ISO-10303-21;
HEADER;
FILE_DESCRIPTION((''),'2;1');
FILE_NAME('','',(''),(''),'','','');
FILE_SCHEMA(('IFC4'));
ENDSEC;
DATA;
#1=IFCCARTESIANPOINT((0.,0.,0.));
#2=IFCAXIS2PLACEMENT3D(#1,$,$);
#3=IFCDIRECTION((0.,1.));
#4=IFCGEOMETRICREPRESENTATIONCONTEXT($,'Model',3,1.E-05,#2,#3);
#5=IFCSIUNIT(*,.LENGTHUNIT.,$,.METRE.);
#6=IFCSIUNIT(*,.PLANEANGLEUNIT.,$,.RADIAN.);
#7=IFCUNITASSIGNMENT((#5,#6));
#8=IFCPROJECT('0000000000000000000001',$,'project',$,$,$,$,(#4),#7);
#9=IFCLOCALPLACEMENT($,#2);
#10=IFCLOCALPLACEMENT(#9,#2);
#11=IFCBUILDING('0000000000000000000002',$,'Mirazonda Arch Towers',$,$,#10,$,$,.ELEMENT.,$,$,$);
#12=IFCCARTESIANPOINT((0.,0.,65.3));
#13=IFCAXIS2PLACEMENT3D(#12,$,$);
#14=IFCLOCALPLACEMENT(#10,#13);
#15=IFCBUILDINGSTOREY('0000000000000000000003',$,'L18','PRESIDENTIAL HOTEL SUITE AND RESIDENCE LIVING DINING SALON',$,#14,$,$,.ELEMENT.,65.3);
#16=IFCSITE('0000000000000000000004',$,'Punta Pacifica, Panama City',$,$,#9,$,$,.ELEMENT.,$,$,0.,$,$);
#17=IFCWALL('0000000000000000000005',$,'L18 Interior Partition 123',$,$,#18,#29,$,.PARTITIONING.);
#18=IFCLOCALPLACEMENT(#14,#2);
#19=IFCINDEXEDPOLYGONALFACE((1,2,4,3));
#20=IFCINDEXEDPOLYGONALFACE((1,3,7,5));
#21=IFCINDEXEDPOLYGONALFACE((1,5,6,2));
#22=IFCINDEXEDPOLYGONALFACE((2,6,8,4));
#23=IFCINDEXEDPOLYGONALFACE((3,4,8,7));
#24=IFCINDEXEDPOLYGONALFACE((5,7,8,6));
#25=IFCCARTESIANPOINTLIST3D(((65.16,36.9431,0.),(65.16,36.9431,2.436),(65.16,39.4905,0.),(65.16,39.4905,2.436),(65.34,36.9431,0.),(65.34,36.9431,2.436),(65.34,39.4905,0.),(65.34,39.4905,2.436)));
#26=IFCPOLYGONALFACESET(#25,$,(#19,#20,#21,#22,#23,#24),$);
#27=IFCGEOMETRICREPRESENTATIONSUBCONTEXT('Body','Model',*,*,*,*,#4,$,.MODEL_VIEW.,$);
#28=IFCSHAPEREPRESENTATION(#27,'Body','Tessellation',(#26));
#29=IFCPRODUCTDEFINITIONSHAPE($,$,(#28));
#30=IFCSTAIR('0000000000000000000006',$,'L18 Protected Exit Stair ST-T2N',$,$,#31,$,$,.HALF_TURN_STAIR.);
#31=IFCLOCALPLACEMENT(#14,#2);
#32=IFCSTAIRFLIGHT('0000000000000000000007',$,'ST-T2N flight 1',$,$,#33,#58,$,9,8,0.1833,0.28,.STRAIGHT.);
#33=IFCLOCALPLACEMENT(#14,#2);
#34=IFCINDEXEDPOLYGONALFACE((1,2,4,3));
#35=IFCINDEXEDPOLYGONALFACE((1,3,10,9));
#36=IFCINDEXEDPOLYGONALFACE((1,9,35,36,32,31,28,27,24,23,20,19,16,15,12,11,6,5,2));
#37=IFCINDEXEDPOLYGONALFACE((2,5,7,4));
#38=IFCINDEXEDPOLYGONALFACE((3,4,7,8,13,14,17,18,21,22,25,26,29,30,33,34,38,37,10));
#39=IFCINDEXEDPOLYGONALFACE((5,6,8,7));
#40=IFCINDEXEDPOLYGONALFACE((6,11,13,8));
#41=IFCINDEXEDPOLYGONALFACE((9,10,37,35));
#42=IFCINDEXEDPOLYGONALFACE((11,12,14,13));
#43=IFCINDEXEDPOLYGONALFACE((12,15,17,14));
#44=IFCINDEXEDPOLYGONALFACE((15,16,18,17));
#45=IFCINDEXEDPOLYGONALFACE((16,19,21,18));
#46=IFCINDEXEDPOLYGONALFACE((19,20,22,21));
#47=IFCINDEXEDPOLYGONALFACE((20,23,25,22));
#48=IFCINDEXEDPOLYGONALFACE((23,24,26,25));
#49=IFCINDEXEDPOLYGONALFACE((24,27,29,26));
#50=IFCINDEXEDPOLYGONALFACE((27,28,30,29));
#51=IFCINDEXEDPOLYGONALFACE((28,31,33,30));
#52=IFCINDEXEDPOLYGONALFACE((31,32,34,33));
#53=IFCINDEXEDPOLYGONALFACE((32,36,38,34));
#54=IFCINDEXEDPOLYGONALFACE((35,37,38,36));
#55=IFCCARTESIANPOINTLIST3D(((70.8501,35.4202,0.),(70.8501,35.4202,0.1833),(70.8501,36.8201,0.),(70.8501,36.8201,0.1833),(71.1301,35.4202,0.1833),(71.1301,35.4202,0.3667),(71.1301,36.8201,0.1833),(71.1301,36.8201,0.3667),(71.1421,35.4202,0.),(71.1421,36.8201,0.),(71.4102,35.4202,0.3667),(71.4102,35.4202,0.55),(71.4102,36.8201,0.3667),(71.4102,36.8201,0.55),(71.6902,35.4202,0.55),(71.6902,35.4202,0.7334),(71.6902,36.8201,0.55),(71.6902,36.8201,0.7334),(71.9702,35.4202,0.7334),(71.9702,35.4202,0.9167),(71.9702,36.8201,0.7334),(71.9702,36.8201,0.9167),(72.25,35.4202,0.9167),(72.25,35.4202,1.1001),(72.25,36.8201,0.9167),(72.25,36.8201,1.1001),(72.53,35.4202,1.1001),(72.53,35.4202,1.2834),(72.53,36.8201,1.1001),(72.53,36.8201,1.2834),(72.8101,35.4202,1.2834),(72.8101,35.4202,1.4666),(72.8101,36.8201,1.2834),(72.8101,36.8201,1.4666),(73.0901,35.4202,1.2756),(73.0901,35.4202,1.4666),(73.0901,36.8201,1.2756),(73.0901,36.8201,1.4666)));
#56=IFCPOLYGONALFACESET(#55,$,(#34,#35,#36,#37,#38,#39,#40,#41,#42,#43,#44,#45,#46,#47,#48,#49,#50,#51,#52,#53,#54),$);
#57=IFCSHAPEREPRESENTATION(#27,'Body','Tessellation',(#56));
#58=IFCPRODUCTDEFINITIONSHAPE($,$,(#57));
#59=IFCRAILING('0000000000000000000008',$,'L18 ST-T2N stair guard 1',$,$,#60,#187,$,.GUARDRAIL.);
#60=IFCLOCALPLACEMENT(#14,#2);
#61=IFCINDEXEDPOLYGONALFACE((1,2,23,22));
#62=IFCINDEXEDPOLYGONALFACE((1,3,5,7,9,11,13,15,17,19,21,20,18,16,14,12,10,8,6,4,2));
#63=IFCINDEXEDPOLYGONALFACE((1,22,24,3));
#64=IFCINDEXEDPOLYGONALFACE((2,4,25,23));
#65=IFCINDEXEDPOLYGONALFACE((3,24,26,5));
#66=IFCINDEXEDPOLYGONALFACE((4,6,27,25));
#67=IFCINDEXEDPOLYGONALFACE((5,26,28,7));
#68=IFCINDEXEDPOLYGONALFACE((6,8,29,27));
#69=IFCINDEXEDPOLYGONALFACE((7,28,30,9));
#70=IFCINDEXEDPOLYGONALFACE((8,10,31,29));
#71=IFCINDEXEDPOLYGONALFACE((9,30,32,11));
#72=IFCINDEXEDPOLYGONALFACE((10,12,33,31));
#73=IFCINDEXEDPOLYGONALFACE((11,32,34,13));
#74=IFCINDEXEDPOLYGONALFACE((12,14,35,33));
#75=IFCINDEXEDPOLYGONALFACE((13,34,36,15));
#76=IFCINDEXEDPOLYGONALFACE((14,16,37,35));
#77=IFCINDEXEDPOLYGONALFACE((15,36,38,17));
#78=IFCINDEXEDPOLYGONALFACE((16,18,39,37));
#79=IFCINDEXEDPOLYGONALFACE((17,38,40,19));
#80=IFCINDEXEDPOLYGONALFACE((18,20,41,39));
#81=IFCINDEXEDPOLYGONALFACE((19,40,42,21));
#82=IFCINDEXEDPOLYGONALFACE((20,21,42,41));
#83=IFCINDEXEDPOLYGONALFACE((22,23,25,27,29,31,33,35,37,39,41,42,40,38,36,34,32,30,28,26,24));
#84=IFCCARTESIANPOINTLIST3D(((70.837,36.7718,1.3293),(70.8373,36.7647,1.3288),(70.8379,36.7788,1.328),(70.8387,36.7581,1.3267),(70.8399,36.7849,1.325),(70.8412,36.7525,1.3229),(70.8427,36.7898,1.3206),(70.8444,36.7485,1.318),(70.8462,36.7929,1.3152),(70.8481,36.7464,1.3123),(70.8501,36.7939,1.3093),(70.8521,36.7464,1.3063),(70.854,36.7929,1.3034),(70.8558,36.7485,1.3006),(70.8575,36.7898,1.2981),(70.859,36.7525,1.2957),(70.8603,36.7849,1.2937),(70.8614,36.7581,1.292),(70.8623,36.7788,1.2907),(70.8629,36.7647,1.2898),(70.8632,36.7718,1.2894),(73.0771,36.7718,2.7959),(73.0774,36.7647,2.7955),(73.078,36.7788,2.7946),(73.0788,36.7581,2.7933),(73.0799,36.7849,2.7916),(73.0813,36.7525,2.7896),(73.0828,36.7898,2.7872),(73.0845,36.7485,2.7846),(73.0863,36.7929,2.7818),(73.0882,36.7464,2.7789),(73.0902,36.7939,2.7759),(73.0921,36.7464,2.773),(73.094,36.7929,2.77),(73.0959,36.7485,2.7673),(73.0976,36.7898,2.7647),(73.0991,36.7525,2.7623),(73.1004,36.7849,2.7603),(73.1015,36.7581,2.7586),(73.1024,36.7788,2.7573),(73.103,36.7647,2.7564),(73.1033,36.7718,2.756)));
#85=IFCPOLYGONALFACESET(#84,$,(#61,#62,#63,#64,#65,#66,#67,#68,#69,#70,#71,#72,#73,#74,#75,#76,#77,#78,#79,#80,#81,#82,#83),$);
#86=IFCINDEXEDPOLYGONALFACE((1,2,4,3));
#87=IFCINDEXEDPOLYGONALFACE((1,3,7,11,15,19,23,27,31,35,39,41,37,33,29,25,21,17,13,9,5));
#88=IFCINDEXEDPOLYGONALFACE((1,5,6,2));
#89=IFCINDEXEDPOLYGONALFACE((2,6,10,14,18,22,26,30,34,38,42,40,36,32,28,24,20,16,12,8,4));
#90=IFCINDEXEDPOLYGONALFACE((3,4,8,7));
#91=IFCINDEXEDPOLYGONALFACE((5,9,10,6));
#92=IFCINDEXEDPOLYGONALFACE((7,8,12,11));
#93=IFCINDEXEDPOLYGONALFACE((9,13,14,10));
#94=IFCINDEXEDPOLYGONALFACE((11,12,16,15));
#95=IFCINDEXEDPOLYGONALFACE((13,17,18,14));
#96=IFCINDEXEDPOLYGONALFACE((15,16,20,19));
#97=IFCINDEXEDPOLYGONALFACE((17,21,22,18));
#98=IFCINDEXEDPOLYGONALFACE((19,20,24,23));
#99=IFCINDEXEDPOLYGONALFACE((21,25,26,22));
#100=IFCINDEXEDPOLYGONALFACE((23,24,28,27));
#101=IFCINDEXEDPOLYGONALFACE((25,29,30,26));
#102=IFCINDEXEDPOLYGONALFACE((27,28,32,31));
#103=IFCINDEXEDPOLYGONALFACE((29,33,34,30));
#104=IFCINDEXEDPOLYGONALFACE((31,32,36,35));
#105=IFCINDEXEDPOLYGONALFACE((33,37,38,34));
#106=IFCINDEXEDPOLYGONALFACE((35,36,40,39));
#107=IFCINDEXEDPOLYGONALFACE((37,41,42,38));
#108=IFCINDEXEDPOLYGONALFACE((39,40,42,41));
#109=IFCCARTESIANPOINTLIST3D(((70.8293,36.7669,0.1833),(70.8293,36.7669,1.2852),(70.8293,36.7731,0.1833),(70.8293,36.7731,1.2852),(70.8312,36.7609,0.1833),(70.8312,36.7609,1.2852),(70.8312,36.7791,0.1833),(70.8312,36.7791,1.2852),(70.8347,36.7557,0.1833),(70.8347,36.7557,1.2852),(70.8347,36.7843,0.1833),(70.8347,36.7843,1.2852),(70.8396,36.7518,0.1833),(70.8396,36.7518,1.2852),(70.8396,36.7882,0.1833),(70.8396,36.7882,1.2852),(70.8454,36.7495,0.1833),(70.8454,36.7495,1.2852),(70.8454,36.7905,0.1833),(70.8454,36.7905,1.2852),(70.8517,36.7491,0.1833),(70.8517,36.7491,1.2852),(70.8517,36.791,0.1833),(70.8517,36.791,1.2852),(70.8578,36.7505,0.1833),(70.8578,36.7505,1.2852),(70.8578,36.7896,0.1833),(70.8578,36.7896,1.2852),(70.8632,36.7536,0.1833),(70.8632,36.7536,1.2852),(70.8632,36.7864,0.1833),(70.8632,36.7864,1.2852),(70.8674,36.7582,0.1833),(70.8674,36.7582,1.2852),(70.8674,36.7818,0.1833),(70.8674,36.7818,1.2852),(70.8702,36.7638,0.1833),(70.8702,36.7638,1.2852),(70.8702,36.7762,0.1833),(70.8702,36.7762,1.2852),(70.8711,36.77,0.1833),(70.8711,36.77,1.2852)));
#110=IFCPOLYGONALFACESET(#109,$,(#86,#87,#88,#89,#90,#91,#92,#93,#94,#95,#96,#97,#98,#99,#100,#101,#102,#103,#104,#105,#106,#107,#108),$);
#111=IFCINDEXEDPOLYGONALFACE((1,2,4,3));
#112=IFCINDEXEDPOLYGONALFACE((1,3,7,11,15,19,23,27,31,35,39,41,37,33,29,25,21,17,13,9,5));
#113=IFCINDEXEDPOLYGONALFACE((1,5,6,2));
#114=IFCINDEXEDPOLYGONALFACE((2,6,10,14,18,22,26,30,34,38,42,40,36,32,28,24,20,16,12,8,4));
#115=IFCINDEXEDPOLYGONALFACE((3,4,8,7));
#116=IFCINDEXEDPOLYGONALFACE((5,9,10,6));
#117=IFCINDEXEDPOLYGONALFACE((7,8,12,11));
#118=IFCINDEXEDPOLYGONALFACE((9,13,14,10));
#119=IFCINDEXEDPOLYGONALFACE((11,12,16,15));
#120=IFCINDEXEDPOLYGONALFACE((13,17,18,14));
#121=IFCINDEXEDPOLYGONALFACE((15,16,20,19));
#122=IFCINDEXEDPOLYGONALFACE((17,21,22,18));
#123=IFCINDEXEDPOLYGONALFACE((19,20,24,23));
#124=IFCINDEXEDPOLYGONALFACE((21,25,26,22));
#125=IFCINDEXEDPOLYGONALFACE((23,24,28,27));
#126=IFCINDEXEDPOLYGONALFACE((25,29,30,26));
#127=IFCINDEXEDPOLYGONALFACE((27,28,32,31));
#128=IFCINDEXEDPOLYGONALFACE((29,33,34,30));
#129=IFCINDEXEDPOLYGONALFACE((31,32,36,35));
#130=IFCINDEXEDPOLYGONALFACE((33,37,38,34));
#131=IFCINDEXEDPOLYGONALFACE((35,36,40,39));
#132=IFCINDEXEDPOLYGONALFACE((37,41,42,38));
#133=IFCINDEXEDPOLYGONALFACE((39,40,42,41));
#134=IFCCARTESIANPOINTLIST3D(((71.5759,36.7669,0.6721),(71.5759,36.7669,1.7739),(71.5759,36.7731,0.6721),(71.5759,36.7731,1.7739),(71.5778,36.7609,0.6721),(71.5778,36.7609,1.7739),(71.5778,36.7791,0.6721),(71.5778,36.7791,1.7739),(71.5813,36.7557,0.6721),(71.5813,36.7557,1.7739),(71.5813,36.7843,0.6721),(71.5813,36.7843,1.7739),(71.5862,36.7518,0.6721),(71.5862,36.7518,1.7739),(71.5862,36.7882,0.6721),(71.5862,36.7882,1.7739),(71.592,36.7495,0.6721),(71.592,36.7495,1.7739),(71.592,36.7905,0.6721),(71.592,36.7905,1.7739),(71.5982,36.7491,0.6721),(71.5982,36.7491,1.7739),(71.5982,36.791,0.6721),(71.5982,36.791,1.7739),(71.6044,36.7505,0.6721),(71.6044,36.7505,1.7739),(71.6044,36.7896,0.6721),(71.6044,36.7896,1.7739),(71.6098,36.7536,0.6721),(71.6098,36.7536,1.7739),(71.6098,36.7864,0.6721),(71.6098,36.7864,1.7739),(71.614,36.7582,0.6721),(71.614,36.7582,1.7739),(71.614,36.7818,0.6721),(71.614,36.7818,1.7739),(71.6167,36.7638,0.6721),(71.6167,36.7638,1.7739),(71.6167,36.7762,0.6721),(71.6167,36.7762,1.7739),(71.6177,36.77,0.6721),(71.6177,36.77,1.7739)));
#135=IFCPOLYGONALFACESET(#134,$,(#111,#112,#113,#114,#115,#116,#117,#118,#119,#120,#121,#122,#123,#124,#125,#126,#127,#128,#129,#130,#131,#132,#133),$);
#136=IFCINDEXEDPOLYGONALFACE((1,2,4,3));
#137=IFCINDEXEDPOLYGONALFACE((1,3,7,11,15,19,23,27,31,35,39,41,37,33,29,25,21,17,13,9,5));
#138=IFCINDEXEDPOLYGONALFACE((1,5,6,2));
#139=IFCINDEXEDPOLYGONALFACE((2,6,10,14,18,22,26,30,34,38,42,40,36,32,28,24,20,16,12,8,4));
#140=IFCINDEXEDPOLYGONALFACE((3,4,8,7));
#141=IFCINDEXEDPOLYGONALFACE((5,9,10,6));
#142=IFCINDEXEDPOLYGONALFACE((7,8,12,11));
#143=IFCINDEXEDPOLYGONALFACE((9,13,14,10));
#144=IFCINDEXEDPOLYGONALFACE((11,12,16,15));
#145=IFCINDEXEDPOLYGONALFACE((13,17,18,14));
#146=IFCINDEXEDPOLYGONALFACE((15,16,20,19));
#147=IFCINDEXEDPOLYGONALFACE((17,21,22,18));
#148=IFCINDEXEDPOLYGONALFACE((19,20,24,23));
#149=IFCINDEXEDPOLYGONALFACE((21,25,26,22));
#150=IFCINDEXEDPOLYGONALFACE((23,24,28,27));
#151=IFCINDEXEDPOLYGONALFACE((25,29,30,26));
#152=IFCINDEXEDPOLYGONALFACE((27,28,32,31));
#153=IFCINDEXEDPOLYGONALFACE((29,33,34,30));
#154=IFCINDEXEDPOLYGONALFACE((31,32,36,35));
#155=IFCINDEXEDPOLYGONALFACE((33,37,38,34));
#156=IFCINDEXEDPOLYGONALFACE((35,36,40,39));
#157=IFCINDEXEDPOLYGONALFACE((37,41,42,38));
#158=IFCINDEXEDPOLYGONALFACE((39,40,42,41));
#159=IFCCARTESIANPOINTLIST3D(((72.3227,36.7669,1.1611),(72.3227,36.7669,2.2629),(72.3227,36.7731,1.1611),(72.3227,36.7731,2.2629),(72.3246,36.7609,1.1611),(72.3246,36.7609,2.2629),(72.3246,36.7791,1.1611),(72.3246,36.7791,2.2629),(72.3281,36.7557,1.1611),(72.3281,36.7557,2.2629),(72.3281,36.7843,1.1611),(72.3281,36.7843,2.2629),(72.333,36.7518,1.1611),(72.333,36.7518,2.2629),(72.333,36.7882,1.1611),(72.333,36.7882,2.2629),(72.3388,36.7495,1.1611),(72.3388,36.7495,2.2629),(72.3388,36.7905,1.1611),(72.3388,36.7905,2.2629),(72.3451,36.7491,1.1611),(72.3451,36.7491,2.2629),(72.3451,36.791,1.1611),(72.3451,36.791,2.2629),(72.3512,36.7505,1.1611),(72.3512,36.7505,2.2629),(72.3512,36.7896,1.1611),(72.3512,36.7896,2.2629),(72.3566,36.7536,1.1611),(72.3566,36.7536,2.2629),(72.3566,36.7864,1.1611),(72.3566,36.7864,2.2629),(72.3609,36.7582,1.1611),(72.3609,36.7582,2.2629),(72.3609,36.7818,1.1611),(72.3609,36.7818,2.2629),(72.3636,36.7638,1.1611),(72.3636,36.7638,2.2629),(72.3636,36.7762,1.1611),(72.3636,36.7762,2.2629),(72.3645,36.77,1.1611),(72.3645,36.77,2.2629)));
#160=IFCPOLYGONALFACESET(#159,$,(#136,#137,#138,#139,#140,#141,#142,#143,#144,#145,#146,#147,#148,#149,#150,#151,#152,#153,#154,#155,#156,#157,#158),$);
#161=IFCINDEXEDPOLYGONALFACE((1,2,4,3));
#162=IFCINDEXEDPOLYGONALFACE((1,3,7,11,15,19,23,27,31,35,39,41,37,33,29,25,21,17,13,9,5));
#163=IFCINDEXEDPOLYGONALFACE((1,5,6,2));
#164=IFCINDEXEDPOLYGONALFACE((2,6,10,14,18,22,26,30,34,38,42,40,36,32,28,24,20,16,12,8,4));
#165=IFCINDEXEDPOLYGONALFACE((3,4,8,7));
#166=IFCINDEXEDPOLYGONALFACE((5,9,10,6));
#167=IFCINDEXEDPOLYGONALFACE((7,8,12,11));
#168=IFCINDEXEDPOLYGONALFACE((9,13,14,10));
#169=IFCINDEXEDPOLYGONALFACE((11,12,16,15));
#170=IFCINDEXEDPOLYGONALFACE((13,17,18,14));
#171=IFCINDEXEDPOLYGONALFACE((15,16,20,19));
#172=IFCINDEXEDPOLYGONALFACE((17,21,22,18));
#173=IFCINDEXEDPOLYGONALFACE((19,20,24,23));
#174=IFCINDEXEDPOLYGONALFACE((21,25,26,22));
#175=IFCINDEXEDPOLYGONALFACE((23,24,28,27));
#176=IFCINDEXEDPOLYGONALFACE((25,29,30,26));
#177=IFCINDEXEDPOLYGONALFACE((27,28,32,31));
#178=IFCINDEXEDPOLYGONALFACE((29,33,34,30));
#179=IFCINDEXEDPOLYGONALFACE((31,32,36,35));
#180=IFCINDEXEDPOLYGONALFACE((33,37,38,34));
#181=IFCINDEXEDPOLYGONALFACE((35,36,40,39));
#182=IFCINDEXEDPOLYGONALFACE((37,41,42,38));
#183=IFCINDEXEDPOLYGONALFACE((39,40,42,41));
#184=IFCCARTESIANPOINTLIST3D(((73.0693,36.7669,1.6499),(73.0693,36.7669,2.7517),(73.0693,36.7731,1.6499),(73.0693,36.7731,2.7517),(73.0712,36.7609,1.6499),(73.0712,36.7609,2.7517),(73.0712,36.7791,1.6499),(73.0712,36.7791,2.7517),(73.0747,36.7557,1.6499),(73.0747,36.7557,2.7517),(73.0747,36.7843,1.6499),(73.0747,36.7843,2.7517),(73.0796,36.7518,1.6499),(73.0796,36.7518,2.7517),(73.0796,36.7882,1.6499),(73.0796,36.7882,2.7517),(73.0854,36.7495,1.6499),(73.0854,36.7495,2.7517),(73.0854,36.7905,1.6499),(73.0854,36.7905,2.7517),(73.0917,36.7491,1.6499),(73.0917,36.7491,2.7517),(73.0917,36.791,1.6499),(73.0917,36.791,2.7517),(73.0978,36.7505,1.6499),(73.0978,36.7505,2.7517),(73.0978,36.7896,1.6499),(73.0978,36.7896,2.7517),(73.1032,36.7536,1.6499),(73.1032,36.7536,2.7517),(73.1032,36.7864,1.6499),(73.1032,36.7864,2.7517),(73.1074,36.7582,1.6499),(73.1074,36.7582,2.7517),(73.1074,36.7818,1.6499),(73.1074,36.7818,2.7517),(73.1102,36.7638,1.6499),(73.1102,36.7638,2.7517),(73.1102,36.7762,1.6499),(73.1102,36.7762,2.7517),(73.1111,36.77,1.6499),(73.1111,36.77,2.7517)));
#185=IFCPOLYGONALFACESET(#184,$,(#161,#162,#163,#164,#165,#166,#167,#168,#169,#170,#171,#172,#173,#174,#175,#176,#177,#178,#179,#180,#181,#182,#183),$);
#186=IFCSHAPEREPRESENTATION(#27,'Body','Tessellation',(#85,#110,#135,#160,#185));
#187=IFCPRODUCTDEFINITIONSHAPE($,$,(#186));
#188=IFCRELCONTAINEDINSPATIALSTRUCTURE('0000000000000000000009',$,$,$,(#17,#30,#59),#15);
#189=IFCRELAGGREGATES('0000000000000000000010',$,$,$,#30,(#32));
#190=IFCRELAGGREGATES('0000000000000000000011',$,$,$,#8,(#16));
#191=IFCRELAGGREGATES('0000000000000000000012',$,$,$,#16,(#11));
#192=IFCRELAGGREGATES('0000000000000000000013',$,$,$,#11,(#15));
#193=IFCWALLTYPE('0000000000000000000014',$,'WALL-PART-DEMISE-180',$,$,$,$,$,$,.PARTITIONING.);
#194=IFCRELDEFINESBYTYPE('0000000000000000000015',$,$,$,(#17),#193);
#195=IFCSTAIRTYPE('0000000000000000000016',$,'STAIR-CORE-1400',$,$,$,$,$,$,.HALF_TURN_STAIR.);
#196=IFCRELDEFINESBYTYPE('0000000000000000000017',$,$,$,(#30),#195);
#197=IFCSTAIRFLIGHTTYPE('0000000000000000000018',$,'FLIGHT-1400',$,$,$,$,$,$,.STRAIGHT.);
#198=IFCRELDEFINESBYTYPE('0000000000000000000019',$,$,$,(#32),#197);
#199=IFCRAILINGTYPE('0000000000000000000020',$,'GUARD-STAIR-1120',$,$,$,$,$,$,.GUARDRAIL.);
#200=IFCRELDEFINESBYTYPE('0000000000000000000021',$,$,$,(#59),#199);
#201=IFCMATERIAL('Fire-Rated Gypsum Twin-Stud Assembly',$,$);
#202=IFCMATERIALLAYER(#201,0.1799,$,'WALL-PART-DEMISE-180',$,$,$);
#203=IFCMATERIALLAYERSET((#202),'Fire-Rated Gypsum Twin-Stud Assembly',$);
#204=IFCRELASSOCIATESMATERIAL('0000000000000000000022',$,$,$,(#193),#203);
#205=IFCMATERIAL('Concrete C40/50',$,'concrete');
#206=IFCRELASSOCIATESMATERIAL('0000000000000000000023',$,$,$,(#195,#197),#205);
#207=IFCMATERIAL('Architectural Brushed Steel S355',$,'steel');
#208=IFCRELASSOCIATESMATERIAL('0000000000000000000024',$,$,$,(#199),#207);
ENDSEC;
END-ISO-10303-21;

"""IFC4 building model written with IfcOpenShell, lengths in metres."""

from ifc_helpers import new_model, si_unit, direction, frame, frame_2d, origin, origin_2d, place, context, subcontext, project, spatial, polyline, rectangle, circle, outline, extrude, material, layer, layer_set, type_object, element, aggregate, save


model = new_model("IFC4")

# Units and contexts
model_context = context("Model", 3, precision=1e-05, world=origin(), true_north=direction((0.0, 1.0)))
body_context = subcontext(model_context, "Body", "Model", "MODEL_VIEW")
ifc_project = project(units=[si_unit("LENGTHUNIT", "METRE"), si_unit("PLANEANGLEUNIT", "RADIAN")], contexts=[model_context])

# Site, building, storey
site_placement = place(None, origin())
site = spatial("IfcSite", under=ifc_project, at=site_placement, Name="Punta Pacifica, Panama City", CompositionType="ELEMENT", RefElevation=0.0)
building_placement = place(site_placement, origin())
building = spatial("IfcBuilding", under=site, at=building_placement, Name="Mirazonda Arch Towers", CompositionType="ELEMENT")
storey_placement = place(building_placement, frame((0.0, 0.0, 65.3)))
storey = spatial("IfcBuildingStorey", under=building, at=storey_placement, Name="L18", Description="PRESIDENTIAL HOTEL SUITE AND RESIDENCE LIVING DINING SALON", CompositionType="ELEMENT", Elevation=65.3)

# Wall
ifc_material_1 = material(Name="Fire-Rated Gypsum Twin-Stud Assembly")
ifc_layer_1 = layer(ifc_material_1, 0.1799, Name="WALL-PART-DEMISE-180")
ifc_layer_set_1 = layer_set([ifc_layer_1], Name="Fire-Rated Gypsum Twin-Stud Assembly")
wall_type_1 = type_object("IfcWallType", Name="WALL-PART-DEMISE-180", PredefinedType="PARTITIONING", material=ifc_layer_set_1)
wall_1_placement = place(storey_placement, frame((65.25, 36.9431, 0.0), z_axis=(0.0, 0.0, 1.0), x_axis=(0.0, 1.0, 0.0)))
element("IfcWall", 1, at=wall_1_placement, inside=storey, type_object=wall_type_1, Name="L18 Interior Partition 123", PredefinedType="PARTITIONING", context=body_context, shape_type="SweptSolid", body=[
    extrude(rectangle(XDim=2.5474, YDim=0.1799, at=frame_2d((1.2737, 0.0))), origin(), (0.0, 0.0, 1.0), 2.436),
])

# Stair, stair flight
ifc_material_2 = material(Name="Concrete C40/50", Category="concrete")
stair_type = type_object("IfcStairType", Name="STAIR-CORE-1400", PredefinedType="HALF_TURN_STAIR", material=ifc_material_2)
stair_placement = place(storey_placement, origin())
stair = element("IfcStair", 2, at=stair_placement, inside=storey, type_object=stair_type, Name="L18 Protected Exit Stair ST-T2N", PredefinedType="HALF_TURN_STAIR")
stair_flight_type = type_object("IfcStairFlightType", Name="FLIGHT-1400", PredefinedType="STRAIGHT", material=ifc_material_2)
stair_flight_placement = place(storey_placement, frame((70.8501, 36.1201, 0.0), z_axis=(0.0, 0.0, 1.0), x_axis=(1.0, 0.0, 0.0)))
stair_flight = element("IfcStairFlight", 3, at=stair_flight_placement, type_object=stair_flight_type, Name="ST-T2N flight 1", NumberOfRisers=9, NumberOfTreads=8, PredefinedType="STRAIGHT", RiserHeight=0.1833, TreadLength=0.28, context=body_context, shape_type="SweptSolid", body=[
    extrude(outline(polyline([(0.0, 0.0), (0.0, 0.1833), (0.28, 0.1833), (0.28, 0.3667), (0.5601, 0.3667), (0.5601, 0.55), (0.8401, 0.55), (0.8401, 0.7334), (1.1201, 0.7334), (1.1201, 0.9167), (1.3999, 0.9167), (1.3999, 1.1001), (1.6799, 1.1001), (1.6799, 1.2834), (1.96, 1.2834), (1.96, 1.4666), (2.24, 1.4666), (2.24, 1.6499), (2.24, 1.2756), (0.292, 0.0), (0.0, 0.0)])), frame((0.0, 0.7, 0.0), z_axis=(0.0, -1.0, 0.0), x_axis=(1.0, 0.0, 0.0)), (0.0, 0.0, 1.0), 1.3999),
])
aggregate(stair, [stair_flight])

# Railing
ifc_material_3 = material(Name="Architectural Brushed Steel S355", Category="steel")
railing_type = type_object("IfcRailingType", Name="GUARD-STAIR-1120", PredefinedType="GUARDRAIL", material=ifc_material_3)
railing_1_placement = place(storey_placement, frame((70.8501, 36.77, 0.1833)))
element("IfcRailing", 4, at=railing_1_placement, inside=storey, type_object=railing_type, Name="L18 ST-T2N stair guard 1", PredefinedType="GUARDRAIL", context=body_context, shape_type="SweptSolid", body=[
    extrude(circle(Radius=0.0239, at=origin_2d()), frame((0.0, 0.0, 1.126), z_axis=(0.836637, 0.0, 0.547758), x_axis=(0.0, 1.0, 0.0)), (0.0, 0.0, 1.0), 2.6775),
    extrude(circle(Radius=0.021, at=origin_2d()), origin(), (0.0, 0.0, 1.0), 1.1018),
    extrude(circle(Radius=0.021, at=origin_2d()), frame((0.7466, 0.0, 0.4888)), (0.0, 0.0, 1.0), 1.1018),
    extrude(circle(Radius=0.021, at=origin_2d()), frame((1.4934, 0.0, 0.9778)), (0.0, 0.0, 1.0), 1.1018),
    extrude(circle(Radius=0.021, at=origin_2d()), frame((2.24, 0.0, 1.4666)), (0.0, 0.0, 1.0), 1.1018),
])

save(model, "model.ifc")
